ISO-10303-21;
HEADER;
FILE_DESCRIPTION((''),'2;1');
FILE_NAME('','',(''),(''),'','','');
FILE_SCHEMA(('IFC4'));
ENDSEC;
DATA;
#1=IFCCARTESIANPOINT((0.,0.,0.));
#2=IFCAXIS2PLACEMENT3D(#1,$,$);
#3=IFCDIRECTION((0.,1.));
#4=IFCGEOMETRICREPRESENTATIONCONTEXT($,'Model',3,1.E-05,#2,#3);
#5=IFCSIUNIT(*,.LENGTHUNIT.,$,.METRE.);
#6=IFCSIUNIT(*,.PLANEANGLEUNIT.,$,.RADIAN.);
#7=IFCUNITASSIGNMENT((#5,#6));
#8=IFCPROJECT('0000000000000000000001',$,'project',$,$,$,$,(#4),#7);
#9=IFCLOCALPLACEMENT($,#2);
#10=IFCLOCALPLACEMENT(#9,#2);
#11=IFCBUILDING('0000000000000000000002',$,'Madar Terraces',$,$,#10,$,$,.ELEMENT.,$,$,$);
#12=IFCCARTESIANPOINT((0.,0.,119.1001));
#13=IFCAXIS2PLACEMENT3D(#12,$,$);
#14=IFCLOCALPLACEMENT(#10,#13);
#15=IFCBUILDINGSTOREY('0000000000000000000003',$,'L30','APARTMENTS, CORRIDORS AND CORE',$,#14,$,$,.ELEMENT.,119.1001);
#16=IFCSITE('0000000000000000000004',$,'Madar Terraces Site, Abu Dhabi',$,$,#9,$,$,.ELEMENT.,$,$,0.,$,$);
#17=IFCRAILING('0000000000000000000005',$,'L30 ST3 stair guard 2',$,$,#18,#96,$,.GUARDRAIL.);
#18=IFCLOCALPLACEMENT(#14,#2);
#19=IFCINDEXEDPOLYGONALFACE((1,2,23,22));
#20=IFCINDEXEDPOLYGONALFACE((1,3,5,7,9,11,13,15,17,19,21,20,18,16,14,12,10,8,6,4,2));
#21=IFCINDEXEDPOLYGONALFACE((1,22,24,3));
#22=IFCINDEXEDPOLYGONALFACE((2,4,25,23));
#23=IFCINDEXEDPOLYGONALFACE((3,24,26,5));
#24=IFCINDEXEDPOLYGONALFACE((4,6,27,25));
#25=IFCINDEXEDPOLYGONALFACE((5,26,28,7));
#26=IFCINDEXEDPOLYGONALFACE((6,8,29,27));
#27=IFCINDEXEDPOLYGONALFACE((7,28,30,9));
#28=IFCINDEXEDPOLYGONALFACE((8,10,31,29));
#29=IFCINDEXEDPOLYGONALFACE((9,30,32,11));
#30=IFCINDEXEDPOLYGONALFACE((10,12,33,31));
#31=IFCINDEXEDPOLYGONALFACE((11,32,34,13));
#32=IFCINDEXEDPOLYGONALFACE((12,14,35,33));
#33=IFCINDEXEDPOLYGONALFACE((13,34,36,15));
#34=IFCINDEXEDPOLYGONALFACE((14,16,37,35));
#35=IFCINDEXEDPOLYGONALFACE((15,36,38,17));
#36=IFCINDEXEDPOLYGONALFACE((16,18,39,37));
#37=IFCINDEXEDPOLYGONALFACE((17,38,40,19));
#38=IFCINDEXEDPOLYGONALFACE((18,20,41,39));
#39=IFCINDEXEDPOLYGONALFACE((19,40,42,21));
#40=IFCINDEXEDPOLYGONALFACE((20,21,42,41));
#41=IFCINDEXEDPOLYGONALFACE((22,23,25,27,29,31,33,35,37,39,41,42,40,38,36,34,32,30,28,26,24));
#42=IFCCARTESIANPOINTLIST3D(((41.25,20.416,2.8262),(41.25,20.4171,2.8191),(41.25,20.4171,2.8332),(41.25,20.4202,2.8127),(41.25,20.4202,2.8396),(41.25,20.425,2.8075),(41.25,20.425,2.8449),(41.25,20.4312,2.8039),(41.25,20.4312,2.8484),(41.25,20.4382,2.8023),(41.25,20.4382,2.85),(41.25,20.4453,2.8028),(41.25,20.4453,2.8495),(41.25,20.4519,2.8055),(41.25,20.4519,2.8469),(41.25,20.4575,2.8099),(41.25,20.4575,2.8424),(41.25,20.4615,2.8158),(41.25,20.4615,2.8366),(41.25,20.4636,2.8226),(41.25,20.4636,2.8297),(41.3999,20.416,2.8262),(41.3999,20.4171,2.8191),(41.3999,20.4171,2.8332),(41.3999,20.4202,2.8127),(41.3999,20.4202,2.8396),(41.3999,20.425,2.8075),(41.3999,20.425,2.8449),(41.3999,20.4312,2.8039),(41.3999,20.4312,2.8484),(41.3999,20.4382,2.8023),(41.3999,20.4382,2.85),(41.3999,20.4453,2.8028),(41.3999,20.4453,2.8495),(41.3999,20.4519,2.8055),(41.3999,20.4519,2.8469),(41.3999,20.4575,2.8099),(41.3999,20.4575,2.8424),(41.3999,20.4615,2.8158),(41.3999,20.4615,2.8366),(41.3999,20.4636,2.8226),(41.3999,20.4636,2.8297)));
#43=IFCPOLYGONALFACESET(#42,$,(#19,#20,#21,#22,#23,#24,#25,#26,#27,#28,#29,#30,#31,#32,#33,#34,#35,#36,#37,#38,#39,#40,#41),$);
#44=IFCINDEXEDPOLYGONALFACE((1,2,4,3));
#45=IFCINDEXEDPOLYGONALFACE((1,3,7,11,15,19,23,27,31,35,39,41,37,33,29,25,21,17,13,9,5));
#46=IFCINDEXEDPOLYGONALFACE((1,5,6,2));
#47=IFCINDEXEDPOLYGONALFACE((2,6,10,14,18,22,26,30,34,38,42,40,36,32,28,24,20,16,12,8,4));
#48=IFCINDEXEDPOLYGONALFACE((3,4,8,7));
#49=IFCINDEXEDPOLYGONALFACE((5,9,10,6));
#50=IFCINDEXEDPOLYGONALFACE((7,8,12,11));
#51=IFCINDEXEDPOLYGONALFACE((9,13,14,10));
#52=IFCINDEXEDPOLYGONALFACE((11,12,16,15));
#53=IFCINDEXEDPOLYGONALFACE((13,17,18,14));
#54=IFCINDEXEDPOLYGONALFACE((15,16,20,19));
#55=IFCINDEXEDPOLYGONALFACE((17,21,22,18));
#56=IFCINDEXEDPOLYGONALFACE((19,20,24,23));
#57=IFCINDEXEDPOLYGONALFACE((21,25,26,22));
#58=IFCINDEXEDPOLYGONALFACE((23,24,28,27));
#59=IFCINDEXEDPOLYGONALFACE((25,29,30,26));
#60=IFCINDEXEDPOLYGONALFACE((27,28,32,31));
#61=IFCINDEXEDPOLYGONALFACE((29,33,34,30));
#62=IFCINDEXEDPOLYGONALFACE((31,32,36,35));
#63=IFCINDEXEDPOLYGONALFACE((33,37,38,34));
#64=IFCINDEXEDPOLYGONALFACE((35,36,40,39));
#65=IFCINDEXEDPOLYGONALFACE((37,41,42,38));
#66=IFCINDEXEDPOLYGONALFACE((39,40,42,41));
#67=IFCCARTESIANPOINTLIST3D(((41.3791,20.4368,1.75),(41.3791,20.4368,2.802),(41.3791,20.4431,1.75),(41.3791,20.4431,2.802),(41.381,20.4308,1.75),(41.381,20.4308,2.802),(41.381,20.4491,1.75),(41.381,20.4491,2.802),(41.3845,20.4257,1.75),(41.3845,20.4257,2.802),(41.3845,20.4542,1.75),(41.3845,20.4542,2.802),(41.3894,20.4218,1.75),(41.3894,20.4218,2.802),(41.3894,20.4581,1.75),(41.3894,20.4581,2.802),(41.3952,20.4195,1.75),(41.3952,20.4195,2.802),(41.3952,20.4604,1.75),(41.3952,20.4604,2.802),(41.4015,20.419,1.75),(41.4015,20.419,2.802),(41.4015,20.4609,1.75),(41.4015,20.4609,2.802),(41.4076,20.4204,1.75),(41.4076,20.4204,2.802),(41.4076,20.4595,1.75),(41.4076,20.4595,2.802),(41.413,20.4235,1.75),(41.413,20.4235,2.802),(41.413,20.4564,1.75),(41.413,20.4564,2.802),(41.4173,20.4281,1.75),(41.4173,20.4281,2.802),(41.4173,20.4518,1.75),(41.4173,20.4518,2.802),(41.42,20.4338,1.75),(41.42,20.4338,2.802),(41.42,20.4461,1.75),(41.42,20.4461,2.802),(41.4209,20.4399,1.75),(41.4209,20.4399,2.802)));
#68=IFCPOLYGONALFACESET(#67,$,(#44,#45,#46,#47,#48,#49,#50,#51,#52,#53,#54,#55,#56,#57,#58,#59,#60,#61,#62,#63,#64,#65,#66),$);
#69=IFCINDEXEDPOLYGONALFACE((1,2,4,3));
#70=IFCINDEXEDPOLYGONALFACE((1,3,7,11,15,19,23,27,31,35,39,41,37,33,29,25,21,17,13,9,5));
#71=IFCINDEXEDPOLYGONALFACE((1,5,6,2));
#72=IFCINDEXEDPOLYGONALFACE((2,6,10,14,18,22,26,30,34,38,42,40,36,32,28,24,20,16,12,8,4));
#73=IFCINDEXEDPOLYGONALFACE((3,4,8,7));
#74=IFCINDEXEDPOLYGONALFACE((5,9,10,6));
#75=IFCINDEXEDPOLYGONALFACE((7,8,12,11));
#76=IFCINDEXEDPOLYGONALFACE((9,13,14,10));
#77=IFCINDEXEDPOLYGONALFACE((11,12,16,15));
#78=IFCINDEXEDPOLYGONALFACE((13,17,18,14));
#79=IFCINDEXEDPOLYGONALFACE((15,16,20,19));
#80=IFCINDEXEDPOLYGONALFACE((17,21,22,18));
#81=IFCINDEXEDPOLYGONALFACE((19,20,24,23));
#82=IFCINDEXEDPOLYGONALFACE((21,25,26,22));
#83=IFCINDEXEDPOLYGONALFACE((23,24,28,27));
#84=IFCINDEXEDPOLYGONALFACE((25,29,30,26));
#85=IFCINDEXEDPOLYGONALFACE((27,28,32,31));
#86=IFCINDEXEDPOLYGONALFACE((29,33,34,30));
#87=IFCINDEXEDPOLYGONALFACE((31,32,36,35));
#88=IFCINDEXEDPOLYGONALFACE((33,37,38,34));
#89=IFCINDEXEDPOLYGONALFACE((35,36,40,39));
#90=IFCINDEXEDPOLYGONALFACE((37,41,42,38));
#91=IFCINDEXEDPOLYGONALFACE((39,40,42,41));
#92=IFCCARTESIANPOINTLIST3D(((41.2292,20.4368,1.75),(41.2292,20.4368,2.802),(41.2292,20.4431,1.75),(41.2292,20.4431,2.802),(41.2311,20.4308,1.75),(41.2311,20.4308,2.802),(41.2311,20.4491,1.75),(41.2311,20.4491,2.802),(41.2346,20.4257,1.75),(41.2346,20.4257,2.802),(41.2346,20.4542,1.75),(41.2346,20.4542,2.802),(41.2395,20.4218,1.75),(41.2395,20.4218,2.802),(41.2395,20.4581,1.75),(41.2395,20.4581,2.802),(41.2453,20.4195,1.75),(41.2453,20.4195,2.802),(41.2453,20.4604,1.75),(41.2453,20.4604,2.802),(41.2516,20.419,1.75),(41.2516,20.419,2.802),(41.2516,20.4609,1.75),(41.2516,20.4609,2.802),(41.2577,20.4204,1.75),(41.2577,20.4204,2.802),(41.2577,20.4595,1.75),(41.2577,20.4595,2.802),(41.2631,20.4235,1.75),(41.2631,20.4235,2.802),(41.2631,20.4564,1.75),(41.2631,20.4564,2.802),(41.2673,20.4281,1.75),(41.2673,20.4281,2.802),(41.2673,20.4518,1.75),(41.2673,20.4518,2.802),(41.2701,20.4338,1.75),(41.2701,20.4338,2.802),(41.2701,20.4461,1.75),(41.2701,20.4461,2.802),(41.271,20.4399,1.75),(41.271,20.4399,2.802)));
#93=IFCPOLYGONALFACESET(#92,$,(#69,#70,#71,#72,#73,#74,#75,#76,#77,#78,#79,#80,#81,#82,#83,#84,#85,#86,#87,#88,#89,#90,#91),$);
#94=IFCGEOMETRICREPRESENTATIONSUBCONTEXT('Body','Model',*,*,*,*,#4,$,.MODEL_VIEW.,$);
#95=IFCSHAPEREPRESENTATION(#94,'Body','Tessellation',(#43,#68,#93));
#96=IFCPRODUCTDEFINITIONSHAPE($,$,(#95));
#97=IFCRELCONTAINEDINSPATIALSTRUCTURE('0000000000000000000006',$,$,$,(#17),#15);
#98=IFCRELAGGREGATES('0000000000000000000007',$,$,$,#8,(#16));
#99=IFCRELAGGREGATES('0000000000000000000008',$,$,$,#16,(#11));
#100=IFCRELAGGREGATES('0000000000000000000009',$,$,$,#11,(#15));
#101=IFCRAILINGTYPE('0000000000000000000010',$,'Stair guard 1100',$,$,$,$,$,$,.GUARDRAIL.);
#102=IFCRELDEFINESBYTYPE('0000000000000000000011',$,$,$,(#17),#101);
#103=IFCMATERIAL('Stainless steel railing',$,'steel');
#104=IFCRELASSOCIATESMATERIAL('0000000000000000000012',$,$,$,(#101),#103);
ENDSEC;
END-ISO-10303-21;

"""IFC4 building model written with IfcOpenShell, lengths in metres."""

from ifc_helpers import new_model, si_unit, direction, frame, origin, origin_2d, place, context, subcontext, project, spatial, circle, extrude, material, type_object, element, save


model = new_model("IFC4")

# Units and contexts
model_context = context("Model", 3, precision=1e-05, world=origin(), true_north=direction((0.0, 1.0)))
body_context = subcontext(model_context, "Body", "Model", "MODEL_VIEW")
ifc_project = project(units=[si_unit("LENGTHUNIT", "METRE"), si_unit("PLANEANGLEUNIT", "RADIAN")], contexts=[model_context])

# Site, building, storey
site_placement = place(None, origin())
site = spatial("IfcSite", under=ifc_project, at=site_placement, Name="Madar Terraces Site, Abu Dhabi", CompositionType="ELEMENT", RefElevation=0.0)
building_placement = place(site_placement, origin())
building = spatial("IfcBuilding", under=site, at=building_placement, Name="Madar Terraces", CompositionType="ELEMENT")
storey_placement = place(building_placement, frame((0.0, 0.0, 119.1001)))
storey = spatial("IfcBuildingStorey", under=building, at=storey_placement, Name="L30", Description="APARTMENTS, CORRIDORS AND CORE", CompositionType="ELEMENT", Elevation=119.1001)

# Railing
ifc_material_1 = material(Name="Stainless steel railing", Category="steel")
railing_type_1 = type_object("IfcRailingType", Name="Stair guard 1100", PredefinedType="GUARDRAIL", material=ifc_material_1)
railing_1_placement = place(storey_placement, frame((41.3999, 20.4399, 1.75)))
element("IfcRailing", 1, at=railing_1_placement, inside=storey, type_object=railing_type_1, Name="L30 ST3 stair guard 2", PredefinedType="GUARDRAIL", context=body_context, shape_type="SweptSolid", body=[
    extrude(circle(Radius=0.0239, at=origin_2d()), frame((0.0, 0.0, 1.0762), z_axis=(-1.0, 0.0, 0.0), x_axis=(0.0, -1.0, 0.0)), (0.0, 0.0, 1.0), 0.1499),
    extrude(circle(Radius=0.021, at=origin_2d()), origin(), (0.0, 0.0, 1.0), 1.052),
    extrude(circle(Radius=0.021, at=origin_2d()), frame((-0.1499, 0.0, 0.0)), (0.0, 0.0, 1.0), 1.052),
])

save(model, "model.ifc")
